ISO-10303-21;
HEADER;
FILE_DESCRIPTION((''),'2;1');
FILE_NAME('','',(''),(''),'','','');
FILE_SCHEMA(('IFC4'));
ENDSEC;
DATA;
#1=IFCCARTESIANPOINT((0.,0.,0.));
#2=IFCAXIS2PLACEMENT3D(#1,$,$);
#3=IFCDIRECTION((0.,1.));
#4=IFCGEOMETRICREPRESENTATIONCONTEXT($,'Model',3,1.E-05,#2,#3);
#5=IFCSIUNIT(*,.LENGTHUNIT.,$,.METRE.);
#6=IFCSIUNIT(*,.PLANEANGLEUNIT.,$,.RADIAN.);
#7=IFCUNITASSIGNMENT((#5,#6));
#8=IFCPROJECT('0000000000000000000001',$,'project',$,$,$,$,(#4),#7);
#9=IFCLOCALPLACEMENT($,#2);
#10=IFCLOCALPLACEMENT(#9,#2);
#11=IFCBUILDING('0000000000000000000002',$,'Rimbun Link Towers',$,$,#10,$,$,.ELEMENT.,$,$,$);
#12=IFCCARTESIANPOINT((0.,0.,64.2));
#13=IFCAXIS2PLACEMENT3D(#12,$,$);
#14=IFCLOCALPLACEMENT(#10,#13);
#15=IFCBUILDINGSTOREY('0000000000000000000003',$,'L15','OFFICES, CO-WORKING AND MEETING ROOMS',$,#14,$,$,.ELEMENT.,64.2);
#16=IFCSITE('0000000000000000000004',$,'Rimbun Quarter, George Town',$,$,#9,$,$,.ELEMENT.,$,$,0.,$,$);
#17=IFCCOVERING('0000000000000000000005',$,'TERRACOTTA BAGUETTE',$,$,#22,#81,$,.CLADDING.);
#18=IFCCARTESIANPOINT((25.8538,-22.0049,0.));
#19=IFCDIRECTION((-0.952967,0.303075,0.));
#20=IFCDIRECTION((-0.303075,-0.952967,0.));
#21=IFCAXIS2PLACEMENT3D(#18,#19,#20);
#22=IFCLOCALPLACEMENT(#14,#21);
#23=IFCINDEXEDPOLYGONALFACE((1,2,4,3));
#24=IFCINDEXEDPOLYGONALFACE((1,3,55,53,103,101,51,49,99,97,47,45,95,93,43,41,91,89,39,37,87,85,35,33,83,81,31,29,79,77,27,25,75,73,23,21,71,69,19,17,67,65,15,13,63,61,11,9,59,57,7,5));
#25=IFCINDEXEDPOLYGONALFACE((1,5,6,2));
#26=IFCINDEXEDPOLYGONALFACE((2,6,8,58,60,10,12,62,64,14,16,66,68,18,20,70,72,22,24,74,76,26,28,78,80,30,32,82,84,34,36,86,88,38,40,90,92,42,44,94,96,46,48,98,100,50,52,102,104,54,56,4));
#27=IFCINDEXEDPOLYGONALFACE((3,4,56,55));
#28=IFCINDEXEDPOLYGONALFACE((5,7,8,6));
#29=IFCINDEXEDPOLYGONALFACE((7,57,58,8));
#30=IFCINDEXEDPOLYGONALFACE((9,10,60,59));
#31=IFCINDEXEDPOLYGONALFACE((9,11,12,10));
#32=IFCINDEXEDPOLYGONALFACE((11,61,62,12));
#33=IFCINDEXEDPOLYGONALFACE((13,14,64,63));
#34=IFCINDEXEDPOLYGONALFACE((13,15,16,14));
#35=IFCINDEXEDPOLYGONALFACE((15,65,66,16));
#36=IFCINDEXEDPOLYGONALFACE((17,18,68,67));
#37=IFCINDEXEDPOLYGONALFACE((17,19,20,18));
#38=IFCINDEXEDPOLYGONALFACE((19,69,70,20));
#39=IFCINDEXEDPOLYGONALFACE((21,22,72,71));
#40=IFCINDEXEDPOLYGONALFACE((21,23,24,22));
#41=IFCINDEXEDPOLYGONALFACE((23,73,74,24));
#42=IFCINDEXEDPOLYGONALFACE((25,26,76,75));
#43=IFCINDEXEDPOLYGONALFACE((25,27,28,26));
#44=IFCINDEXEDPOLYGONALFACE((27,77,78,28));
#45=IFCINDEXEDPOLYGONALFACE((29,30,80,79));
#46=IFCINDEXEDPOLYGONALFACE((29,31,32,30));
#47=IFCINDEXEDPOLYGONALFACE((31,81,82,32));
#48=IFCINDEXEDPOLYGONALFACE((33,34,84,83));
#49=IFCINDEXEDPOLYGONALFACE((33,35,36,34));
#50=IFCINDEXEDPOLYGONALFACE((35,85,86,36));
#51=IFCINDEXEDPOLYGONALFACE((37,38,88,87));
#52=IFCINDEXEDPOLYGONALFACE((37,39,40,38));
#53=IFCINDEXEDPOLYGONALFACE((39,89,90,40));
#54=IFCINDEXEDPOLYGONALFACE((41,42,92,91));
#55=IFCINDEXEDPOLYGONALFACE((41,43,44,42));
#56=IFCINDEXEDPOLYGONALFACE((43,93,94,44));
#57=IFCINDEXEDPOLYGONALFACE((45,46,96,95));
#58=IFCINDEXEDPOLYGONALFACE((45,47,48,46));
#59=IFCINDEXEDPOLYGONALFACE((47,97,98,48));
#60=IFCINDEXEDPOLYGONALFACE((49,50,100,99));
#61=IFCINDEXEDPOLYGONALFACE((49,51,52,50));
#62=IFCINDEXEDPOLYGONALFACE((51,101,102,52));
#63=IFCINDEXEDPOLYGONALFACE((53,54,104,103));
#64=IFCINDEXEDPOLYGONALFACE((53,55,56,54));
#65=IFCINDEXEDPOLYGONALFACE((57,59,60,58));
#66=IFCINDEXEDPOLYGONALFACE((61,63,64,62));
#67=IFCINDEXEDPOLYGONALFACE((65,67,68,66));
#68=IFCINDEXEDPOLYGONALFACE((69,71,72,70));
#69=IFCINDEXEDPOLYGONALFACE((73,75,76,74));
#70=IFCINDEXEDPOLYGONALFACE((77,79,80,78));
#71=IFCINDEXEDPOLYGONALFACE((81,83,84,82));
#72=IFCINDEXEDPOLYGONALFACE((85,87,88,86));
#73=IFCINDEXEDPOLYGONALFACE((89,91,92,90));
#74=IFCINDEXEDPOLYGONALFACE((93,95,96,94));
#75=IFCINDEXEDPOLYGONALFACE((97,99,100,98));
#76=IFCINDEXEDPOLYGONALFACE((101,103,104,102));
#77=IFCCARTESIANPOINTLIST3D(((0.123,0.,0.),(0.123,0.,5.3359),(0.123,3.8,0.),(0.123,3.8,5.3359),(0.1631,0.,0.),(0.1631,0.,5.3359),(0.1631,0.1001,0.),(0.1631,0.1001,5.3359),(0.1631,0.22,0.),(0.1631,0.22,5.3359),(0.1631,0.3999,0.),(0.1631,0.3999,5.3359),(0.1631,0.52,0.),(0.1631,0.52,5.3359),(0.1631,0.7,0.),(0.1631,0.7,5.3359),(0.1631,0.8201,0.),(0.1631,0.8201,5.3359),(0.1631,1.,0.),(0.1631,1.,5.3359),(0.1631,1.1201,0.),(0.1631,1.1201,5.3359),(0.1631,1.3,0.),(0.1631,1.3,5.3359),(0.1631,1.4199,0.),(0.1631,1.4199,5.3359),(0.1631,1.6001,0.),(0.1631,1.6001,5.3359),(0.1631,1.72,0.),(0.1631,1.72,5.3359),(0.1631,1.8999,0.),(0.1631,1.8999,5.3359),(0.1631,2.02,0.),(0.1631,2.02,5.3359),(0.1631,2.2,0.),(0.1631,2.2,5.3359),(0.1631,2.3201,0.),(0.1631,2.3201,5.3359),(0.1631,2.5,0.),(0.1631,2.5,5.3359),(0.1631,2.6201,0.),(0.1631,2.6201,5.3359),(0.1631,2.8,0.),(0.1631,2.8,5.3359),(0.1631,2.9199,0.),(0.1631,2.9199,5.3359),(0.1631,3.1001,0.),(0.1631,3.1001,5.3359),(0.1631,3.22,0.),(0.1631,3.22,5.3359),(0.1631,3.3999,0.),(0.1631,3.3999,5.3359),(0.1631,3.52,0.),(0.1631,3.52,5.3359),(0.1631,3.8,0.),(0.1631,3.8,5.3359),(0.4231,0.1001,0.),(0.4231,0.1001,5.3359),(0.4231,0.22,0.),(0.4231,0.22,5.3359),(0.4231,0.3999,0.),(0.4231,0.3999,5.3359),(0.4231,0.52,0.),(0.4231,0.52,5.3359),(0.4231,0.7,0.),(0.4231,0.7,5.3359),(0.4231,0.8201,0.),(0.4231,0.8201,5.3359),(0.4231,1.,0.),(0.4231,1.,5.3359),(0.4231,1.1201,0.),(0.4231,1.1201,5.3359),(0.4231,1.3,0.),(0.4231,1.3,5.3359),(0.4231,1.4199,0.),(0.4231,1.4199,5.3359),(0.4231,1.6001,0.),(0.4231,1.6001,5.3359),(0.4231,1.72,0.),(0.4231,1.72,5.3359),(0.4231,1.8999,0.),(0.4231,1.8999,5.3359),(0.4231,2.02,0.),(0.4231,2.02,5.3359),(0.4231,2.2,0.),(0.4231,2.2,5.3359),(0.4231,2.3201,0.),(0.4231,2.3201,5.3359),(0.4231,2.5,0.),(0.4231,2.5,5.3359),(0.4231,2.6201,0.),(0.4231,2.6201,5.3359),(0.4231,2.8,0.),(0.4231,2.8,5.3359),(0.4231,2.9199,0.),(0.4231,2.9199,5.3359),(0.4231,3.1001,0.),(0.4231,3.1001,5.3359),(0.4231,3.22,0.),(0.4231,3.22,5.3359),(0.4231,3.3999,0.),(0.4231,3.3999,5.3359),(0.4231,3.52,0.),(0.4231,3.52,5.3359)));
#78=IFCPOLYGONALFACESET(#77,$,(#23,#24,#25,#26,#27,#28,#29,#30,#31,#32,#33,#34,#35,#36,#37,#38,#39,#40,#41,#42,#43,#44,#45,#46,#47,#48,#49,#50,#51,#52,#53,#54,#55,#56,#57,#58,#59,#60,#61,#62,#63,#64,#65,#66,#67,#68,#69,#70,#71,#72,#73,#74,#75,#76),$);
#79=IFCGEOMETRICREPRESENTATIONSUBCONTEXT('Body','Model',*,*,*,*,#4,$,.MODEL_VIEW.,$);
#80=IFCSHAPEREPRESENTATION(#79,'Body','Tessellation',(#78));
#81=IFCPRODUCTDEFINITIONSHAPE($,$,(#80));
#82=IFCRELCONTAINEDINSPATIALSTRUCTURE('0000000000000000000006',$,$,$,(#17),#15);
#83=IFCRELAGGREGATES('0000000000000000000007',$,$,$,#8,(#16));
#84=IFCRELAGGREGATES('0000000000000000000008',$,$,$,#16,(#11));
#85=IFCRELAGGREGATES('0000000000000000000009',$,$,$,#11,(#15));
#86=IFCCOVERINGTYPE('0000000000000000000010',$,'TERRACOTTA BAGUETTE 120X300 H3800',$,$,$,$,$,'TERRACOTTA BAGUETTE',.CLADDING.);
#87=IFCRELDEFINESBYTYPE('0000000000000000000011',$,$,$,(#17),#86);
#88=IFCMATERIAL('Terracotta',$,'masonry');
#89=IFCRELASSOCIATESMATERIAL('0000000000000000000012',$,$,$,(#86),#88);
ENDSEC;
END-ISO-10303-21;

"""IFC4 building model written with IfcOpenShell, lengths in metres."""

from ifc_helpers import new_model, si_unit, direction, frame, origin, place, context, subcontext, project, spatial, polyline, outline, extrude, material, material_profile, profile_set, type_object, element, save


model = new_model("IFC4")

# Units and contexts
model_context = context("Model", 3, precision=1e-05, world=origin(), true_north=direction((0.0, 1.0)))
body_context = subcontext(model_context, "Body", "Model", "MODEL_VIEW")
ifc_project = project(units=[si_unit("LENGTHUNIT", "METRE"), si_unit("PLANEANGLEUNIT", "RADIAN")], contexts=[model_context])

# Site, building, storey
site_placement = place(None, origin())
site = spatial("IfcSite", under=ifc_project, at=site_placement, Name="Rimbun Quarter, George Town", CompositionType="ELEMENT", RefElevation=0.0)
building_placement = place(site_placement, origin())
building = spatial("IfcBuilding", under=site, at=building_placement, Name="Rimbun Link Towers", CompositionType="ELEMENT")
storey_placement = place(building_placement, frame((0.0, 0.0, 64.2)))
storey = spatial("IfcBuildingStorey", under=building, at=storey_placement, Name="L15", Description="OFFICES, CO-WORKING AND MEETING ROOMS", CompositionType="ELEMENT", Elevation=64.2)

# Covering
ifc_material_1 = material(Name="Terracotta", Category="masonry")
ifc_material_profile_1 = material_profile(ifc_material_1, outline(polyline([(0.123, 0.0), (0.1631, 0.0), (0.1631, 0.1001), (0.4231, 0.1001), (0.4231, 0.22), (0.1631, 0.22), (0.1631, 0.3999), (0.4231, 0.3999), (0.4231, 0.52), (0.1631, 0.52), (0.1631, 0.7), (0.4231, 0.7), (0.4231, 0.8201), (0.1631, 0.8201), (0.1631, 1.0), (0.4231, 1.0), (0.4231, 1.1201), (0.1631, 1.1201), (0.1631, 1.3), (0.4231, 1.3), (0.4231, 1.4199), (0.1631, 1.4199), (0.1631, 1.6001), (0.4231, 1.6001), (0.4231, 1.72), (0.1631, 1.72), (0.1631, 1.8999), (0.4231, 1.8999), (0.4231, 2.02), (0.1631, 2.02), (0.1631, 2.2), (0.4231, 2.2), (0.4231, 2.3201), (0.1631, 2.3201), (0.1631, 2.5), (0.4231, 2.5), (0.4231, 2.6201), (0.1631, 2.6201), (0.1631, 2.8), (0.4231, 2.8), (0.4231, 2.9199), (0.1631, 2.9199), (0.1631, 3.1001), (0.4231, 3.1001), (0.4231, 3.22), (0.1631, 3.22), (0.1631, 3.3999), (0.4231, 3.3999), (0.4231, 3.52), (0.1631, 3.52), (0.1631, 3.8), (0.123, 3.8), (0.123, 0.0)])), Name="BAGUETTE 120X300")
ifc_profile_set_1 = profile_set([ifc_material_profile_1], Name="Terracotta")
covering_type = type_object("IfcCoveringType", Name="TERRACOTTA BAGUETTE 120X300 H3800", ElementType="TERRACOTTA BAGUETTE", PredefinedType="CLADDING", material=ifc_profile_set_1)
covering_1_placement = place(storey_placement, frame((25.8538, -22.0049, 0.0), z_axis=(-0.952967, 0.303075, 0.0), x_axis=(-0.303075, -0.952967, 0.0)))
element("IfcCovering", 1, at=covering_1_placement, inside=storey, type_object=covering_type, Name="TERRACOTTA BAGUETTE", PredefinedType="CLADDING", context=body_context, shape_type="SweptSolid", body=[
    extrude(outline(polyline([(0.123, 0.0), (0.1631, 0.0), (0.1631, 0.1001), (0.4231, 0.1001), (0.4231, 0.22), (0.1631, 0.22), (0.1631, 0.3999), (0.4231, 0.3999), (0.4231, 0.52), (0.1631, 0.52), (0.1631, 0.7), (0.4231, 0.7), (0.4231, 0.8201), (0.1631, 0.8201), (0.1631, 1.0), (0.4231, 1.0), (0.4231, 1.1201), (0.1631, 1.1201), (0.1631, 1.3), (0.4231, 1.3), (0.4231, 1.4199), (0.1631, 1.4199), (0.1631, 1.6001), (0.4231, 1.6001), (0.4231, 1.72), (0.1631, 1.72), (0.1631, 1.8999), (0.4231, 1.8999), (0.4231, 2.02), (0.1631, 2.02), (0.1631, 2.2), (0.4231, 2.2), (0.4231, 2.3201), (0.1631, 2.3201), (0.1631, 2.5), (0.4231, 2.5), (0.4231, 2.6201), (0.1631, 2.6201), (0.1631, 2.8), (0.4231, 2.8), (0.4231, 2.9199), (0.1631, 2.9199), (0.1631, 3.1001), (0.4231, 3.1001), (0.4231, 3.22), (0.1631, 3.22), (0.1631, 3.3999), (0.4231, 3.3999), (0.4231, 3.52), (0.1631, 3.52), (0.1631, 3.8), (0.123, 3.8), (0.123, 0.0)])), origin(), (0.0, 0.0, 1.0), 5.3359),
])

save(model, "model.ifc")
